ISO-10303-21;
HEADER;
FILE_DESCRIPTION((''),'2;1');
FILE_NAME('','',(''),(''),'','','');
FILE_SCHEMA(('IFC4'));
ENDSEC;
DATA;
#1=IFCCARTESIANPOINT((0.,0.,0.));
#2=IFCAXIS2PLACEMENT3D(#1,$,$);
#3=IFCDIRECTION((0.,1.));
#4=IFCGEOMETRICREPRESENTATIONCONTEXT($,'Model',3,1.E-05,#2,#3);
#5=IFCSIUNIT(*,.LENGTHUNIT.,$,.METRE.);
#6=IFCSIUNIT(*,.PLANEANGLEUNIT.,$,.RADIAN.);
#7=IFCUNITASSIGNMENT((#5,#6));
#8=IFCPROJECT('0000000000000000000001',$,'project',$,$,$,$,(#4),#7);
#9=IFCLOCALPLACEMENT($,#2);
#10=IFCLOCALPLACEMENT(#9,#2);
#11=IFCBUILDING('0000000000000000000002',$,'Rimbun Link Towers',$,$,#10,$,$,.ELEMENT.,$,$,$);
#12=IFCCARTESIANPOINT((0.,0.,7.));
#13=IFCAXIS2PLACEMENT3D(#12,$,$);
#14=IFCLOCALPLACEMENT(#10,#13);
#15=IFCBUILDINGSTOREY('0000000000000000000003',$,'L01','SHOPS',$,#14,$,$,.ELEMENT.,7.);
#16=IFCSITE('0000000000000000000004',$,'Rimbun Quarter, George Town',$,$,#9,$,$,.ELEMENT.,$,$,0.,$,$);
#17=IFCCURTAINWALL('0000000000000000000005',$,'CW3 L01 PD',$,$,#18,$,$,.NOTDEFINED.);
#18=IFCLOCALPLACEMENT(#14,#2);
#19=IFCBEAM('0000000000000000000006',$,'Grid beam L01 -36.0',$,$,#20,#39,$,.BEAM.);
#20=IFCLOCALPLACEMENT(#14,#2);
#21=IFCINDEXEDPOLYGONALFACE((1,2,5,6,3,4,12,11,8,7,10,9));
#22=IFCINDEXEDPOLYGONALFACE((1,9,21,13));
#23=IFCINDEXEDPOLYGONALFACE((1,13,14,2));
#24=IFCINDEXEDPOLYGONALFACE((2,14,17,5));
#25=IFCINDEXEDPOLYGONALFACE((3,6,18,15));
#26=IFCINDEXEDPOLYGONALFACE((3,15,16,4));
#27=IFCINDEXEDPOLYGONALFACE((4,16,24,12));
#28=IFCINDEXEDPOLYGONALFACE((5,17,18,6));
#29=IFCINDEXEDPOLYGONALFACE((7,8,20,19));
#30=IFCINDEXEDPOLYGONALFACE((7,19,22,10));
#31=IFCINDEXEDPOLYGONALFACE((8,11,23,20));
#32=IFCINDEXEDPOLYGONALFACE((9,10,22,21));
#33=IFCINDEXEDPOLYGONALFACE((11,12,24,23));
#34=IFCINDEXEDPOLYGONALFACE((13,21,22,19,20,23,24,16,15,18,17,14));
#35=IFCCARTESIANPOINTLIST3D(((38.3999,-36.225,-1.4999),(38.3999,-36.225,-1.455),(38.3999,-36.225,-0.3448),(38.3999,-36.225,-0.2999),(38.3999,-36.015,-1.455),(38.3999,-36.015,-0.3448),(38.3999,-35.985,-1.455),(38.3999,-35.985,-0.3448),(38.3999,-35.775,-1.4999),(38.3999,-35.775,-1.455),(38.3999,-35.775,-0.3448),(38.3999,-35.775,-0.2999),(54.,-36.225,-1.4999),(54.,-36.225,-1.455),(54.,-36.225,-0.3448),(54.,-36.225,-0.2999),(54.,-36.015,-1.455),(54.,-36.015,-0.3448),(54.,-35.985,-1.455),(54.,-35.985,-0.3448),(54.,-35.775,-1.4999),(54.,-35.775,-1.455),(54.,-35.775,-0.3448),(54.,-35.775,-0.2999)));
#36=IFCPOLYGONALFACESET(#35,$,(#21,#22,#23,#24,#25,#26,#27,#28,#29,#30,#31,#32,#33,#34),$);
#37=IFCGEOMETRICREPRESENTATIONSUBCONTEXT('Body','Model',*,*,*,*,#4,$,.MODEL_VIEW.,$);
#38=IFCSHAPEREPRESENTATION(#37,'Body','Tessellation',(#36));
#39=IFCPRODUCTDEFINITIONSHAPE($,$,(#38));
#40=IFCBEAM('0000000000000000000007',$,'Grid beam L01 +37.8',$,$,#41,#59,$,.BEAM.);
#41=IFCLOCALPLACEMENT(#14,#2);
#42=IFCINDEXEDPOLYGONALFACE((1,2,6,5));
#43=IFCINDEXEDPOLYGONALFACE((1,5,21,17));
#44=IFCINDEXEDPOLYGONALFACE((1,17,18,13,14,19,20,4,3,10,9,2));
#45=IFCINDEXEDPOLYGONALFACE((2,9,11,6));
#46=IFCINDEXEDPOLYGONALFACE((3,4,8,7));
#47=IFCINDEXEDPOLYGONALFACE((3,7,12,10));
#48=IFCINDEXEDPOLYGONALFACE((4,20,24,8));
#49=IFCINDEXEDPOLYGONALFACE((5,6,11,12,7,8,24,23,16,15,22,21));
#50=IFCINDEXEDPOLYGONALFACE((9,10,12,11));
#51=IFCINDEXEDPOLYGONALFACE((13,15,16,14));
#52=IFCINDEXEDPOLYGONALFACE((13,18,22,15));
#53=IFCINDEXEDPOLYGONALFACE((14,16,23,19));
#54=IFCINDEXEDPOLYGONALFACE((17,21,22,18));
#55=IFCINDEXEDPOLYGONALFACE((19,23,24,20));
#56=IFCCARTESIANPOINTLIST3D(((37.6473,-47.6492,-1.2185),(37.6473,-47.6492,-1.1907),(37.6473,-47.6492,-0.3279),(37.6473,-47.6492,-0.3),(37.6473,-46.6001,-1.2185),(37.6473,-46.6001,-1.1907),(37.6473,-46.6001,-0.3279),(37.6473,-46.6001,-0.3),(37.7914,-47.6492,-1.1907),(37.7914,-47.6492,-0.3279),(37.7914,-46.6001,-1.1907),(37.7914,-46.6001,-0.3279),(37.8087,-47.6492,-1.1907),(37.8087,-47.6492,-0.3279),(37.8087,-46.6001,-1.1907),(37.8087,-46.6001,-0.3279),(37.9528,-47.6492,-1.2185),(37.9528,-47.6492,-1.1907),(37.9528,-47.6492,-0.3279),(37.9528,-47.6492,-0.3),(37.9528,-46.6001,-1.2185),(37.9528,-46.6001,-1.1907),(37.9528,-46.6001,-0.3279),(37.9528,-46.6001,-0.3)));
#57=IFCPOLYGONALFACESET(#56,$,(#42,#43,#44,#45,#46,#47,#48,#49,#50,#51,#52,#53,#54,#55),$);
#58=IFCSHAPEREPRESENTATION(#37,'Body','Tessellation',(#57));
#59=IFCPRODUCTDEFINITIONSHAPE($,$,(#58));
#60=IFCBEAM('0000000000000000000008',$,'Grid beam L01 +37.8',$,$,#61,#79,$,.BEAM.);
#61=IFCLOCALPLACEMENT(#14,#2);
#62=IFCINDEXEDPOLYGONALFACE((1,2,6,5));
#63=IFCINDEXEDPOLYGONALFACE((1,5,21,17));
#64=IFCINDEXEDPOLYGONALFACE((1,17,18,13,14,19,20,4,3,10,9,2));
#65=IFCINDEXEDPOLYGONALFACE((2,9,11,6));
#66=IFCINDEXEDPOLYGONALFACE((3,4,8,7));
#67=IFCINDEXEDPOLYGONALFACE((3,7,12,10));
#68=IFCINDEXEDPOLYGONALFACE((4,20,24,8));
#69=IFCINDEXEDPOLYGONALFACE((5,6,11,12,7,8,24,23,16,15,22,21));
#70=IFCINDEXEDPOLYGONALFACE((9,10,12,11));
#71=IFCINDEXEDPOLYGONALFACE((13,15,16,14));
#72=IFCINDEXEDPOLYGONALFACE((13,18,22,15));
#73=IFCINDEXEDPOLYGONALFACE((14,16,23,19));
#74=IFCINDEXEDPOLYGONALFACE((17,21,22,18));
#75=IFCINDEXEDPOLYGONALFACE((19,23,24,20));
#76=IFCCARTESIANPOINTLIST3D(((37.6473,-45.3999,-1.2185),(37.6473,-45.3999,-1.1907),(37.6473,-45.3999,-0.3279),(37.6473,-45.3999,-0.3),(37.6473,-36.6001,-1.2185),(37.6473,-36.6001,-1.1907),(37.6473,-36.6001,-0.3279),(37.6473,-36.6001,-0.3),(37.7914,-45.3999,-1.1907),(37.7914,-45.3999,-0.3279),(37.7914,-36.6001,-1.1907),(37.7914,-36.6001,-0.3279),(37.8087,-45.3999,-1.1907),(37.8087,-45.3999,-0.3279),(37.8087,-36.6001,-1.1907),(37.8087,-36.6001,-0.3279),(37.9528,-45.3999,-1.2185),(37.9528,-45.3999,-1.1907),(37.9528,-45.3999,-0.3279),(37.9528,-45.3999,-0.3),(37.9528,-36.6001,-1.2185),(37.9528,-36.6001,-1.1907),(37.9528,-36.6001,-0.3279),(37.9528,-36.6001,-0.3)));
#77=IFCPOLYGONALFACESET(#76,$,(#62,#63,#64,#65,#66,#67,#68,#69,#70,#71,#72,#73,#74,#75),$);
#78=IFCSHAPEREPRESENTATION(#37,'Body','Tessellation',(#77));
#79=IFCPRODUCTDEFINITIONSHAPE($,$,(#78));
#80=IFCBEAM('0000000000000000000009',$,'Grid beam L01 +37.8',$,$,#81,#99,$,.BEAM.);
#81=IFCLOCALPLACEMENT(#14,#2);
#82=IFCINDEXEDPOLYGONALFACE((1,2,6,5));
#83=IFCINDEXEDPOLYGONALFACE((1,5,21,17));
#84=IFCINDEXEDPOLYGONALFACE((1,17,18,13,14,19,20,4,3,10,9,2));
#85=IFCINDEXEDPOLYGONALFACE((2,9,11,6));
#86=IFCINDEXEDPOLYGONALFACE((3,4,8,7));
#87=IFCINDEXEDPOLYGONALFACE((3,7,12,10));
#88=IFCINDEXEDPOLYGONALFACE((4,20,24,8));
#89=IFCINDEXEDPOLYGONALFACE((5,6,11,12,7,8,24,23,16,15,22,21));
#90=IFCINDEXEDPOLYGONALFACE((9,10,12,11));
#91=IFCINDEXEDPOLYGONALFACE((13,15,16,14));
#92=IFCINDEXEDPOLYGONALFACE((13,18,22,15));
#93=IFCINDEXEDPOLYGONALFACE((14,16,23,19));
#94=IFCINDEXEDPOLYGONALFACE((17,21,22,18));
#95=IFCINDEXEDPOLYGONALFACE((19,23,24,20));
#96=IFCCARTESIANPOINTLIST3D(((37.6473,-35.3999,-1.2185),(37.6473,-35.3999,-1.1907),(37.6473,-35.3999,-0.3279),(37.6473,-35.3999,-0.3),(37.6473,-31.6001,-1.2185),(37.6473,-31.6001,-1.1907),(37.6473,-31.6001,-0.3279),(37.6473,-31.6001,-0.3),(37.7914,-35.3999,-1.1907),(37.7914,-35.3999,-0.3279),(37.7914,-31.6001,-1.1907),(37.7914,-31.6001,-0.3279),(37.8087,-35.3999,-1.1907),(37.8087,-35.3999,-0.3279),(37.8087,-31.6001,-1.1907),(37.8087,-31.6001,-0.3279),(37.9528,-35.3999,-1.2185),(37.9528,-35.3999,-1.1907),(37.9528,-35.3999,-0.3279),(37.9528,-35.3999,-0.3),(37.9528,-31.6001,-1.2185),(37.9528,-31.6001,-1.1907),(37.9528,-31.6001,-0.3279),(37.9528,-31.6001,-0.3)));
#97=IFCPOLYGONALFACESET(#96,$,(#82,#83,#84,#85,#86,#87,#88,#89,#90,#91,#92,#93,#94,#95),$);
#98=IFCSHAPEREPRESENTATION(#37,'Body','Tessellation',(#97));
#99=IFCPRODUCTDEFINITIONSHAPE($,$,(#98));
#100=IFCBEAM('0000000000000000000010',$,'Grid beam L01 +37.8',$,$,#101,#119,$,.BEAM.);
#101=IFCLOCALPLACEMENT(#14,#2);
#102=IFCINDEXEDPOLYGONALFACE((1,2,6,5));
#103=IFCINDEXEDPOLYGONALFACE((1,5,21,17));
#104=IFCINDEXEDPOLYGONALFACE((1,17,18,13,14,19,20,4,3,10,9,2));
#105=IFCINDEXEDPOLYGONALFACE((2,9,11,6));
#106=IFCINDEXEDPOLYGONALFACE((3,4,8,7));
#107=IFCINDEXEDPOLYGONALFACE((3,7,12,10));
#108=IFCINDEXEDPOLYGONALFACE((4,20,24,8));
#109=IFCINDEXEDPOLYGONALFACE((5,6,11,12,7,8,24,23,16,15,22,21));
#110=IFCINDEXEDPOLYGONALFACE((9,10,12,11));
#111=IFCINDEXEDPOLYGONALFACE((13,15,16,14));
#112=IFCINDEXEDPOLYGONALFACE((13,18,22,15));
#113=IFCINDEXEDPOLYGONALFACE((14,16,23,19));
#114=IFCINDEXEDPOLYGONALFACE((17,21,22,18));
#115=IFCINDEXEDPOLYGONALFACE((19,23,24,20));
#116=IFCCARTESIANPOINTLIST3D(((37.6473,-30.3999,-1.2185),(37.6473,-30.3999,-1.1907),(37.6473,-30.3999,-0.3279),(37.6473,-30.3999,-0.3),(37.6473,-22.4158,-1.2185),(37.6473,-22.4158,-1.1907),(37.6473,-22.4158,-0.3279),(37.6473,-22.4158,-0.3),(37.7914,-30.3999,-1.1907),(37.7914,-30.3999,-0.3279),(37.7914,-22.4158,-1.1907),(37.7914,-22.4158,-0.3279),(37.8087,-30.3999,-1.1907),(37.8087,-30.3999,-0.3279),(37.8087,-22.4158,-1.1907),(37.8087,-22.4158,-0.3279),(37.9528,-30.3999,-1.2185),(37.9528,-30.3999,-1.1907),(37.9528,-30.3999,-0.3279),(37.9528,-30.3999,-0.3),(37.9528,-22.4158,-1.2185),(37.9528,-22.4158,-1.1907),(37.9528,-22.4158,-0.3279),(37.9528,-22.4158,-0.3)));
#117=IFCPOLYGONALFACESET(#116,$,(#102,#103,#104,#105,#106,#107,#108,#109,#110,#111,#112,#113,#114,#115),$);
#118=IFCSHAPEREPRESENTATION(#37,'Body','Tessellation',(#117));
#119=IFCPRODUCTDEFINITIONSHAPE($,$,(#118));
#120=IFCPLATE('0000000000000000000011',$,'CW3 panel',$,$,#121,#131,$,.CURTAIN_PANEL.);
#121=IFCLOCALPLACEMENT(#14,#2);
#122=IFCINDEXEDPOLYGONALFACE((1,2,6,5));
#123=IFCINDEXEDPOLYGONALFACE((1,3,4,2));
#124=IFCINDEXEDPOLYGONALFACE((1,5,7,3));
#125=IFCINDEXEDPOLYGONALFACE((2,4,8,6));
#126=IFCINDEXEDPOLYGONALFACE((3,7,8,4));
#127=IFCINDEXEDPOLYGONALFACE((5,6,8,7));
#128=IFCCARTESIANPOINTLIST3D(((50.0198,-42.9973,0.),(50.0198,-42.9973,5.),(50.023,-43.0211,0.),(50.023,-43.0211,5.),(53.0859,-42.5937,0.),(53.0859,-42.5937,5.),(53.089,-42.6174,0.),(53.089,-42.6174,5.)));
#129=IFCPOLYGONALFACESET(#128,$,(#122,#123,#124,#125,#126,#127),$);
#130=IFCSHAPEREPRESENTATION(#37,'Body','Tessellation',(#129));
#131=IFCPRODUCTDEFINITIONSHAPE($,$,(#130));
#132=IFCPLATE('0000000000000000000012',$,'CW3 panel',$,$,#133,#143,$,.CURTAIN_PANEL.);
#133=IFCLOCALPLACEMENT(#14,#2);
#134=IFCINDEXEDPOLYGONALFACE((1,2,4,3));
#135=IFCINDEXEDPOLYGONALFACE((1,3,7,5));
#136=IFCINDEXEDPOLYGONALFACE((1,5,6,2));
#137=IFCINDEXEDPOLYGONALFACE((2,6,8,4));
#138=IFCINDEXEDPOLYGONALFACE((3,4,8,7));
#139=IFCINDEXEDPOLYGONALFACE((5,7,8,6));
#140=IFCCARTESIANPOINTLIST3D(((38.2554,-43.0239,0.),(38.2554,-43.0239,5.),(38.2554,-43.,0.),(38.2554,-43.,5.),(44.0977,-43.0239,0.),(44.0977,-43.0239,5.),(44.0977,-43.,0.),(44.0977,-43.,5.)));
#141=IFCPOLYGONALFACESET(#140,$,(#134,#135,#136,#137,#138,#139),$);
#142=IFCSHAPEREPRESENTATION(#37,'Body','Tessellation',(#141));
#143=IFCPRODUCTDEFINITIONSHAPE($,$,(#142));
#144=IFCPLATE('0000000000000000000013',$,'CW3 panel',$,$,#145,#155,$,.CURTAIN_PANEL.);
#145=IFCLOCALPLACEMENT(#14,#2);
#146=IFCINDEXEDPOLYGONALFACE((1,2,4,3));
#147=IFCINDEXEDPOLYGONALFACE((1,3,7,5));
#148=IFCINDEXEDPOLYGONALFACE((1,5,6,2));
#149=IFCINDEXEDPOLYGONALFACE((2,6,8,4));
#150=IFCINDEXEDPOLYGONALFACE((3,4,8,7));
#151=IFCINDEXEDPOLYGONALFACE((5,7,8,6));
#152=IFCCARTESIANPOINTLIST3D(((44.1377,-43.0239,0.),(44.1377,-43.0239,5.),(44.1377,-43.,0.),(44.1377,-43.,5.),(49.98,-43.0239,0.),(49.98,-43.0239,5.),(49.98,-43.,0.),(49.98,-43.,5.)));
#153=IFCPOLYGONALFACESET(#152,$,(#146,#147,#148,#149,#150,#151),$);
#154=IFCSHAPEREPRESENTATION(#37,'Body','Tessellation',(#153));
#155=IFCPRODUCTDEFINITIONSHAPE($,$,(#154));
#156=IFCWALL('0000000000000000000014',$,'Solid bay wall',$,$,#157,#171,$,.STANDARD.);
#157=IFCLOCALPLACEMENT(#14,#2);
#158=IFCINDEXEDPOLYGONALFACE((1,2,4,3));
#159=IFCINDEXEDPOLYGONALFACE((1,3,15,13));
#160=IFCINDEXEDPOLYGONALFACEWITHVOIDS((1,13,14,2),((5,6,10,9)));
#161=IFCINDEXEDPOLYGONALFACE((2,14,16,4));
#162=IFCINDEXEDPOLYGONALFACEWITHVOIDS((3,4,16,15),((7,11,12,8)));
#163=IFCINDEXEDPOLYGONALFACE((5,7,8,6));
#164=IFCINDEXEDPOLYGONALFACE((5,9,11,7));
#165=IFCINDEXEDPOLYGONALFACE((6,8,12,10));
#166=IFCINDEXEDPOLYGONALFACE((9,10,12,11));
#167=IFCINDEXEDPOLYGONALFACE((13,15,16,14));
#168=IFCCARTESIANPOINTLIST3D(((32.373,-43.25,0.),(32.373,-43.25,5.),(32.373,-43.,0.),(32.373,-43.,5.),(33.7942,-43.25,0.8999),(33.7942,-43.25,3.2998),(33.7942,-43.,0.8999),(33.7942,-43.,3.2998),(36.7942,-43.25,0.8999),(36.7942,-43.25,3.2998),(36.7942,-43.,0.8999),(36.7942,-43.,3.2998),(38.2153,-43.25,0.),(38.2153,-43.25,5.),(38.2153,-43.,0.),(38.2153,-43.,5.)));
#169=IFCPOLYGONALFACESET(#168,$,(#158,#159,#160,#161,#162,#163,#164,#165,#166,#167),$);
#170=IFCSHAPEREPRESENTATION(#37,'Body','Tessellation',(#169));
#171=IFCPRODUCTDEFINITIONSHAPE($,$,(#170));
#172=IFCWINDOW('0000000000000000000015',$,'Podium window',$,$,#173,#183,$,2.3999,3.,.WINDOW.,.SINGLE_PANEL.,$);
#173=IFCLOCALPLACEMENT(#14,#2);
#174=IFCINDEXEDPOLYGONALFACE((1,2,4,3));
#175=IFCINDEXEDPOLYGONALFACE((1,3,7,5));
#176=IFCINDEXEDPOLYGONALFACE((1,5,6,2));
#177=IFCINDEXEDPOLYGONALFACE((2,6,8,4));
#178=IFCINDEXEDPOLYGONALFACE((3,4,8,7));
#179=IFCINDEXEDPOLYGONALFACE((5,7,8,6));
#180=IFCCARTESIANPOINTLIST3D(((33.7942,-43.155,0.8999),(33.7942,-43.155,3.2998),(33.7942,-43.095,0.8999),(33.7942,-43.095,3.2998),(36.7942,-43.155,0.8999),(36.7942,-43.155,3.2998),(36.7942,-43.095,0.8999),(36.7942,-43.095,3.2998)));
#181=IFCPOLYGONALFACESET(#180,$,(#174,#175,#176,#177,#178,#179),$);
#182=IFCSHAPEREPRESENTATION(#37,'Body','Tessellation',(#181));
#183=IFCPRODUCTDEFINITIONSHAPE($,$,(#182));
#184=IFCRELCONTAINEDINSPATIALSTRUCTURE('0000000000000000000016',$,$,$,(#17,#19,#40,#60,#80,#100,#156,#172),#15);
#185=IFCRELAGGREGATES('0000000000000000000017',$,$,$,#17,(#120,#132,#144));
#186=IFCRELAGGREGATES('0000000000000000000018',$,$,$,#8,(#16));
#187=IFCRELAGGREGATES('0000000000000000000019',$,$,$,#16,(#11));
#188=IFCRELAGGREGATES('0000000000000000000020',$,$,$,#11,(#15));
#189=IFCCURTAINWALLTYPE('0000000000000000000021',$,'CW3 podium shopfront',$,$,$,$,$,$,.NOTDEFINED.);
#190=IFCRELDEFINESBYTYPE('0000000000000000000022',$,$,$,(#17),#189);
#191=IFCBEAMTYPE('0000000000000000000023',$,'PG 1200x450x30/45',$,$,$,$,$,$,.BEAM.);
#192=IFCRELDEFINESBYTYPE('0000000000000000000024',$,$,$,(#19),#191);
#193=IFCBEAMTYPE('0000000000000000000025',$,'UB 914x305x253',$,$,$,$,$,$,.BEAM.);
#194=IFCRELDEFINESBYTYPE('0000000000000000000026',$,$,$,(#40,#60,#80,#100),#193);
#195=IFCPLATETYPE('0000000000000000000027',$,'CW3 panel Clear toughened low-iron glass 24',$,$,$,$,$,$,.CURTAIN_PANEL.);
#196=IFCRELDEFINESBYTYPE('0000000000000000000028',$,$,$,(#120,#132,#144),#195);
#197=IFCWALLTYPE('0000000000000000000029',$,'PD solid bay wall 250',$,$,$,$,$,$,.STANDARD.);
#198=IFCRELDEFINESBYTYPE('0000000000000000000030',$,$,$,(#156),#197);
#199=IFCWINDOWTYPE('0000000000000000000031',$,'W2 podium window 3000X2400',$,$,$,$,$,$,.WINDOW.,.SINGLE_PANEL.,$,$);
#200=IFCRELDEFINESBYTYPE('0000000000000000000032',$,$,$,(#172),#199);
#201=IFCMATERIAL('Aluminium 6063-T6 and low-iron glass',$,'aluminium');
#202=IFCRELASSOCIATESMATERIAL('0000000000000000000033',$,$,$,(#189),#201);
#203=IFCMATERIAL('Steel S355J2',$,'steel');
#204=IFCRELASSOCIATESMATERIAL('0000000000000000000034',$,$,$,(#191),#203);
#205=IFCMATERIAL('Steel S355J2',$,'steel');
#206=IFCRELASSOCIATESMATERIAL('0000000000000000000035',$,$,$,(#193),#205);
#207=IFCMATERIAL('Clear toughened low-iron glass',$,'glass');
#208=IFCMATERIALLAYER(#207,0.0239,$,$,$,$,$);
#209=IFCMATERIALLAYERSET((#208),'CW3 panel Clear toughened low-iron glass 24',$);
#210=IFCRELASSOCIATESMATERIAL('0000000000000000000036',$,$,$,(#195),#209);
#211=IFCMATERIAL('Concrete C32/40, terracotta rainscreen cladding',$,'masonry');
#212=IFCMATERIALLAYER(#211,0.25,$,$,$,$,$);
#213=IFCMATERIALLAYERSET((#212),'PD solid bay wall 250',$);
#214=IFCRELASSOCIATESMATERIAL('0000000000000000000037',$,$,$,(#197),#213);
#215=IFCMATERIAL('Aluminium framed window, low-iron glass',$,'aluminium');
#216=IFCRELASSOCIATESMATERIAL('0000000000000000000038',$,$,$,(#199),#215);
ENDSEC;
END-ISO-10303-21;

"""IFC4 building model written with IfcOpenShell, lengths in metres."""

from ifc_helpers import new_model, si_unit, direction, frame, frame_2d, origin, origin_2d, place, context, subcontext, project, spatial, rectangle, i_section, extrude, material, layer, layer_set, material_profile, profile_set, type_object, element, fill, aggregate, save


model = new_model("IFC4")

# Units and contexts
model_context = context("Model", 3, precision=1e-05, world=origin(), true_north=direction((0.0, 1.0)))
body_context = subcontext(model_context, "Body", "Model", "MODEL_VIEW")
ifc_project = project(units=[si_unit("LENGTHUNIT", "METRE"), si_unit("PLANEANGLEUNIT", "RADIAN")], contexts=[model_context])

# Site, building, storey
site_placement = place(None, origin())
site = spatial("IfcSite", under=ifc_project, at=site_placement, Name="Rimbun Quarter, George Town", CompositionType="ELEMENT", RefElevation=0.0)
building_placement = place(site_placement, origin())
building = spatial("IfcBuilding", under=site, at=building_placement, Name="Rimbun Link Towers", CompositionType="ELEMENT")
storey_placement = place(building_placement, frame((0.0, 0.0, 7.0)))
storey = spatial("IfcBuildingStorey", under=building, at=storey_placement, Name="L01", Description="SHOPS", CompositionType="ELEMENT", Elevation=7.0)

# Curtain wall
ifc_material_1 = material(Name="Aluminium 6063-T6 and low-iron glass", Category="aluminium")
curtain_wall_type = type_object("IfcCurtainWallType", Name="CW3 podium shopfront", PredefinedType="NOTDEFINED", material=ifc_material_1)
curtain_wall_placement = place(storey_placement, origin())
curtain_wall = element("IfcCurtainWall", 1, at=curtain_wall_placement, inside=storey, type_object=curtain_wall_type, Name="CW3 L01 PD", PredefinedType="NOTDEFINED")

# Beams
ifc_material_2 = material(Name="Steel S355J2", Category="steel")
ifc_material_profile_1 = material_profile(ifc_material_2, i_section(OverallWidth=0.45, OverallDepth=1.2, WebThickness=0.03, FlangeThickness=0.0449, at=origin_2d()), Name="PG 1200x450x30/45")
ifc_profile_set_1 = profile_set([ifc_material_profile_1], Name="Steel S355J2")
beam_type_1 = type_object("IfcBeamType", Name="PG 1200x450x30/45", PredefinedType="BEAM", material=ifc_profile_set_1)
beam_1_placement = place(storey_placement, frame((38.3999, -36.0, -0.8999), z_axis=(1.0, 0.0, 0.0), x_axis=(0.0, 1.0, 0.0)))
element("IfcBeam", 2, at=beam_1_placement, inside=storey, type_object=beam_type_1, Name="Grid beam L01 -36.0", PredefinedType="BEAM", context=body_context, shape_type="SweptSolid", body=[
    extrude(i_section(OverallWidth=0.45, OverallDepth=1.2, WebThickness=0.03, FlangeThickness=0.0449, at=origin_2d()), origin(), (0.0, 0.0, 1.0), 15.6001),
])
ifc_material_3 = material(Name="Steel S355J2", Category="steel")
ifc_material_profile_2 = material_profile(ifc_material_3, i_section(OverallWidth=0.3054, OverallDepth=0.9185, WebThickness=0.0173, FlangeThickness=0.0278, at=origin_2d()), Name="UB 914x305x253")
ifc_profile_set_2 = profile_set([ifc_material_profile_2], Name="Steel S355J2")
beam_type_2 = type_object("IfcBeamType", Name="UB 914x305x253", PredefinedType="BEAM", material=ifc_profile_set_2)
beam_2_placement = place(storey_placement, frame((37.8, -47.6492, -0.7593), z_axis=(0.0, 1.0, 0.0), x_axis=(-1.0, 0.0, 0.0)))
element("IfcBeam", 3, at=beam_2_placement, inside=storey, type_object=beam_type_2, Name="Grid beam L01 +37.8", PredefinedType="BEAM", context=body_context, shape_type="SweptSolid", body=[
    extrude(i_section(OverallWidth=0.3054, OverallDepth=0.9185, WebThickness=0.0173, FlangeThickness=0.0278, at=origin_2d()), origin(), (0.0, 0.0, 1.0), 1.0491),
])
beam_3_placement = place(storey_placement, frame((37.8, -45.3999, -0.7593), z_axis=(0.0, 1.0, 0.0), x_axis=(-1.0, 0.0, 0.0)))
element("IfcBeam", 4, at=beam_3_placement, inside=storey, type_object=beam_type_2, Name="Grid beam L01 +37.8", PredefinedType="BEAM", context=body_context, shape_type="SweptSolid", body=[
    extrude(i_section(OverallWidth=0.3054, OverallDepth=0.9185, WebThickness=0.0173, FlangeThickness=0.0278, at=origin_2d()), origin(), (0.0, 0.0, 1.0), 8.7998),
])
beam_4_placement = place(storey_placement, frame((37.8, -35.3999, -0.7593), z_axis=(0.0, 1.0, 0.0), x_axis=(-1.0, 0.0, 0.0)))
element("IfcBeam", 5, at=beam_4_placement, inside=storey, type_object=beam_type_2, Name="Grid beam L01 +37.8", PredefinedType="BEAM", context=body_context, shape_type="SweptSolid", body=[
    extrude(i_section(OverallWidth=0.3054, OverallDepth=0.9185, WebThickness=0.0173, FlangeThickness=0.0278, at=origin_2d()), origin(), (0.0, 0.0, 1.0), 3.7998),
])
beam_5_placement = place(storey_placement, frame((37.8, -30.3999, -0.7593), z_axis=(0.0, 1.0, 0.0), x_axis=(-1.0, 0.0, 0.0)))
element("IfcBeam", 6, at=beam_5_placement, inside=storey, type_object=beam_type_2, Name="Grid beam L01 +37.8", PredefinedType="BEAM", context=body_context, shape_type="SweptSolid", body=[
    extrude(i_section(OverallWidth=0.3054, OverallDepth=0.9185, WebThickness=0.0173, FlangeThickness=0.0278, at=origin_2d()), origin(), (0.0, 0.0, 1.0), 7.9841),
])

# Plates
ifc_material_4 = material(Name="Clear toughened low-iron glass", Category="glass")
ifc_layer_1 = layer(ifc_material_4, 0.0239)
ifc_layer_set_1 = layer_set([ifc_layer_1], Name="CW3 panel Clear toughened low-iron glass 24")
plate_type = type_object("IfcPlateType", Name="CW3 panel Clear toughened low-iron glass 24", PredefinedType="CURTAIN_PANEL", material=ifc_layer_set_1)
plate_1_placement = place(storey_placement, frame((51.5544, -42.8074, 0.0), z_axis=(0.0, 0.0, 1.0), x_axis=(-0.991444, -0.13053, 0.0)))
plate_1 = element("IfcPlate", 7, at=plate_1_placement, type_object=plate_type, Name="CW3 panel", PredefinedType="CURTAIN_PANEL", context=body_context, shape_type="SweptSolid", body=[
    extrude(rectangle(XDim=3.0925, YDim=0.0239, at=origin_2d()), origin(), (0.0, 0.0, 1.0), 5.0),
])
plate_2_placement = place(storey_placement, frame((41.1765, -43.012, 0.0), z_axis=(0.0, 0.0, 1.0), x_axis=(-1.0, 0.0, 0.0)))
plate_2 = element("IfcPlate", 8, at=plate_2_placement, type_object=plate_type, Name="CW3 panel", PredefinedType="CURTAIN_PANEL", context=body_context, shape_type="SweptSolid", body=[
    extrude(rectangle(XDim=5.8423, YDim=0.0239, at=origin_2d()), origin(), (0.0, 0.0, 1.0), 5.0),
])
plate_3_placement = place(storey_placement, frame((47.0588, -43.012, 0.0), z_axis=(0.0, 0.0, 1.0), x_axis=(-1.0, 0.0, 0.0)))
plate_3 = element("IfcPlate", 9, at=plate_3_placement, type_object=plate_type, Name="CW3 panel", PredefinedType="CURTAIN_PANEL", context=body_context, shape_type="SweptSolid", body=[
    extrude(rectangle(XDim=5.8423, YDim=0.0239, at=origin_2d()), origin(), (0.0, 0.0, 1.0), 5.0),
])
aggregate(curtain_wall, [plate_1, plate_2, plate_3])

# Wall, opening, window
ifc_material_5 = material(Name="Concrete C32/40, terracotta rainscreen cladding", Category="masonry")
ifc_layer_2 = layer(ifc_material_5, 0.25)
ifc_layer_set_2 = layer_set([ifc_layer_2], Name="PD solid bay wall 250")
wall_type_1 = type_object("IfcWallType", Name="PD solid bay wall 250", PredefinedType="STANDARD", material=ifc_layer_set_2)
wall_1_placement = place(storey_placement, frame((38.2153, -43.125, 0.0), z_axis=(0.0, 0.0, 1.0), x_axis=(-1.0, 0.0, 0.0)))
wall_1 = element("IfcWall", 10, at=wall_1_placement, inside=storey, type_object=wall_type_1, Name="Solid bay wall", PredefinedType="STANDARD", context=body_context, shape_type="SweptSolid", body=[
    extrude(rectangle(XDim=5.8423, YDim=0.25, at=frame_2d((2.9211, 0.0))), origin(), (0.0, 0.0, 1.0), 5.0),
])
opening_1_placement = place(wall_1_placement, frame((1.4211, 0.0, 0.8999)))
opening_1 = element("IfcOpeningElement", 11, at=opening_1_placement, cuts=wall_1, PredefinedType="OPENING", context=body_context, shape_type="SweptSolid", body=[
    extrude(rectangle(XDim=3.0, YDim=2.3999, at=frame_2d((1.5, 1.2))), frame((0.0, 0.135, 0.0), z_axis=(0.0, -1.0, 0.0), x_axis=(1.0, 0.0, 0.0)), (0.0, 0.0, 1.0), 0.27),
])
ifc_material_6 = material(Name="Aluminium framed window, low-iron glass", Category="aluminium")
window_type = type_object("IfcWindowType", Name="W2 podium window 3000X2400", PartitioningType="SINGLE_PANEL", PredefinedType="WINDOW", material=ifc_material_6)
window_placement = place(opening_1_placement, origin())
window = element("IfcWindow", 12, at=window_placement, inside=storey, type_object=window_type, Name="Podium window", OverallHeight=2.3999, OverallWidth=3.0, PartitioningType="SINGLE_PANEL", PredefinedType="WINDOW", context=body_context, shape_type="SweptSolid", body=[
    extrude(rectangle(XDim=3.0, YDim=2.3999, at=frame_2d((1.5, 1.2))), frame((0.0, 0.03, 0.0), z_axis=(0.0, -1.0, 0.0), x_axis=(1.0, 0.0, 0.0)), (0.0, 0.0, 1.0), 0.0601),
])
fill(opening_1, window)

save(model, "model.ifc")
